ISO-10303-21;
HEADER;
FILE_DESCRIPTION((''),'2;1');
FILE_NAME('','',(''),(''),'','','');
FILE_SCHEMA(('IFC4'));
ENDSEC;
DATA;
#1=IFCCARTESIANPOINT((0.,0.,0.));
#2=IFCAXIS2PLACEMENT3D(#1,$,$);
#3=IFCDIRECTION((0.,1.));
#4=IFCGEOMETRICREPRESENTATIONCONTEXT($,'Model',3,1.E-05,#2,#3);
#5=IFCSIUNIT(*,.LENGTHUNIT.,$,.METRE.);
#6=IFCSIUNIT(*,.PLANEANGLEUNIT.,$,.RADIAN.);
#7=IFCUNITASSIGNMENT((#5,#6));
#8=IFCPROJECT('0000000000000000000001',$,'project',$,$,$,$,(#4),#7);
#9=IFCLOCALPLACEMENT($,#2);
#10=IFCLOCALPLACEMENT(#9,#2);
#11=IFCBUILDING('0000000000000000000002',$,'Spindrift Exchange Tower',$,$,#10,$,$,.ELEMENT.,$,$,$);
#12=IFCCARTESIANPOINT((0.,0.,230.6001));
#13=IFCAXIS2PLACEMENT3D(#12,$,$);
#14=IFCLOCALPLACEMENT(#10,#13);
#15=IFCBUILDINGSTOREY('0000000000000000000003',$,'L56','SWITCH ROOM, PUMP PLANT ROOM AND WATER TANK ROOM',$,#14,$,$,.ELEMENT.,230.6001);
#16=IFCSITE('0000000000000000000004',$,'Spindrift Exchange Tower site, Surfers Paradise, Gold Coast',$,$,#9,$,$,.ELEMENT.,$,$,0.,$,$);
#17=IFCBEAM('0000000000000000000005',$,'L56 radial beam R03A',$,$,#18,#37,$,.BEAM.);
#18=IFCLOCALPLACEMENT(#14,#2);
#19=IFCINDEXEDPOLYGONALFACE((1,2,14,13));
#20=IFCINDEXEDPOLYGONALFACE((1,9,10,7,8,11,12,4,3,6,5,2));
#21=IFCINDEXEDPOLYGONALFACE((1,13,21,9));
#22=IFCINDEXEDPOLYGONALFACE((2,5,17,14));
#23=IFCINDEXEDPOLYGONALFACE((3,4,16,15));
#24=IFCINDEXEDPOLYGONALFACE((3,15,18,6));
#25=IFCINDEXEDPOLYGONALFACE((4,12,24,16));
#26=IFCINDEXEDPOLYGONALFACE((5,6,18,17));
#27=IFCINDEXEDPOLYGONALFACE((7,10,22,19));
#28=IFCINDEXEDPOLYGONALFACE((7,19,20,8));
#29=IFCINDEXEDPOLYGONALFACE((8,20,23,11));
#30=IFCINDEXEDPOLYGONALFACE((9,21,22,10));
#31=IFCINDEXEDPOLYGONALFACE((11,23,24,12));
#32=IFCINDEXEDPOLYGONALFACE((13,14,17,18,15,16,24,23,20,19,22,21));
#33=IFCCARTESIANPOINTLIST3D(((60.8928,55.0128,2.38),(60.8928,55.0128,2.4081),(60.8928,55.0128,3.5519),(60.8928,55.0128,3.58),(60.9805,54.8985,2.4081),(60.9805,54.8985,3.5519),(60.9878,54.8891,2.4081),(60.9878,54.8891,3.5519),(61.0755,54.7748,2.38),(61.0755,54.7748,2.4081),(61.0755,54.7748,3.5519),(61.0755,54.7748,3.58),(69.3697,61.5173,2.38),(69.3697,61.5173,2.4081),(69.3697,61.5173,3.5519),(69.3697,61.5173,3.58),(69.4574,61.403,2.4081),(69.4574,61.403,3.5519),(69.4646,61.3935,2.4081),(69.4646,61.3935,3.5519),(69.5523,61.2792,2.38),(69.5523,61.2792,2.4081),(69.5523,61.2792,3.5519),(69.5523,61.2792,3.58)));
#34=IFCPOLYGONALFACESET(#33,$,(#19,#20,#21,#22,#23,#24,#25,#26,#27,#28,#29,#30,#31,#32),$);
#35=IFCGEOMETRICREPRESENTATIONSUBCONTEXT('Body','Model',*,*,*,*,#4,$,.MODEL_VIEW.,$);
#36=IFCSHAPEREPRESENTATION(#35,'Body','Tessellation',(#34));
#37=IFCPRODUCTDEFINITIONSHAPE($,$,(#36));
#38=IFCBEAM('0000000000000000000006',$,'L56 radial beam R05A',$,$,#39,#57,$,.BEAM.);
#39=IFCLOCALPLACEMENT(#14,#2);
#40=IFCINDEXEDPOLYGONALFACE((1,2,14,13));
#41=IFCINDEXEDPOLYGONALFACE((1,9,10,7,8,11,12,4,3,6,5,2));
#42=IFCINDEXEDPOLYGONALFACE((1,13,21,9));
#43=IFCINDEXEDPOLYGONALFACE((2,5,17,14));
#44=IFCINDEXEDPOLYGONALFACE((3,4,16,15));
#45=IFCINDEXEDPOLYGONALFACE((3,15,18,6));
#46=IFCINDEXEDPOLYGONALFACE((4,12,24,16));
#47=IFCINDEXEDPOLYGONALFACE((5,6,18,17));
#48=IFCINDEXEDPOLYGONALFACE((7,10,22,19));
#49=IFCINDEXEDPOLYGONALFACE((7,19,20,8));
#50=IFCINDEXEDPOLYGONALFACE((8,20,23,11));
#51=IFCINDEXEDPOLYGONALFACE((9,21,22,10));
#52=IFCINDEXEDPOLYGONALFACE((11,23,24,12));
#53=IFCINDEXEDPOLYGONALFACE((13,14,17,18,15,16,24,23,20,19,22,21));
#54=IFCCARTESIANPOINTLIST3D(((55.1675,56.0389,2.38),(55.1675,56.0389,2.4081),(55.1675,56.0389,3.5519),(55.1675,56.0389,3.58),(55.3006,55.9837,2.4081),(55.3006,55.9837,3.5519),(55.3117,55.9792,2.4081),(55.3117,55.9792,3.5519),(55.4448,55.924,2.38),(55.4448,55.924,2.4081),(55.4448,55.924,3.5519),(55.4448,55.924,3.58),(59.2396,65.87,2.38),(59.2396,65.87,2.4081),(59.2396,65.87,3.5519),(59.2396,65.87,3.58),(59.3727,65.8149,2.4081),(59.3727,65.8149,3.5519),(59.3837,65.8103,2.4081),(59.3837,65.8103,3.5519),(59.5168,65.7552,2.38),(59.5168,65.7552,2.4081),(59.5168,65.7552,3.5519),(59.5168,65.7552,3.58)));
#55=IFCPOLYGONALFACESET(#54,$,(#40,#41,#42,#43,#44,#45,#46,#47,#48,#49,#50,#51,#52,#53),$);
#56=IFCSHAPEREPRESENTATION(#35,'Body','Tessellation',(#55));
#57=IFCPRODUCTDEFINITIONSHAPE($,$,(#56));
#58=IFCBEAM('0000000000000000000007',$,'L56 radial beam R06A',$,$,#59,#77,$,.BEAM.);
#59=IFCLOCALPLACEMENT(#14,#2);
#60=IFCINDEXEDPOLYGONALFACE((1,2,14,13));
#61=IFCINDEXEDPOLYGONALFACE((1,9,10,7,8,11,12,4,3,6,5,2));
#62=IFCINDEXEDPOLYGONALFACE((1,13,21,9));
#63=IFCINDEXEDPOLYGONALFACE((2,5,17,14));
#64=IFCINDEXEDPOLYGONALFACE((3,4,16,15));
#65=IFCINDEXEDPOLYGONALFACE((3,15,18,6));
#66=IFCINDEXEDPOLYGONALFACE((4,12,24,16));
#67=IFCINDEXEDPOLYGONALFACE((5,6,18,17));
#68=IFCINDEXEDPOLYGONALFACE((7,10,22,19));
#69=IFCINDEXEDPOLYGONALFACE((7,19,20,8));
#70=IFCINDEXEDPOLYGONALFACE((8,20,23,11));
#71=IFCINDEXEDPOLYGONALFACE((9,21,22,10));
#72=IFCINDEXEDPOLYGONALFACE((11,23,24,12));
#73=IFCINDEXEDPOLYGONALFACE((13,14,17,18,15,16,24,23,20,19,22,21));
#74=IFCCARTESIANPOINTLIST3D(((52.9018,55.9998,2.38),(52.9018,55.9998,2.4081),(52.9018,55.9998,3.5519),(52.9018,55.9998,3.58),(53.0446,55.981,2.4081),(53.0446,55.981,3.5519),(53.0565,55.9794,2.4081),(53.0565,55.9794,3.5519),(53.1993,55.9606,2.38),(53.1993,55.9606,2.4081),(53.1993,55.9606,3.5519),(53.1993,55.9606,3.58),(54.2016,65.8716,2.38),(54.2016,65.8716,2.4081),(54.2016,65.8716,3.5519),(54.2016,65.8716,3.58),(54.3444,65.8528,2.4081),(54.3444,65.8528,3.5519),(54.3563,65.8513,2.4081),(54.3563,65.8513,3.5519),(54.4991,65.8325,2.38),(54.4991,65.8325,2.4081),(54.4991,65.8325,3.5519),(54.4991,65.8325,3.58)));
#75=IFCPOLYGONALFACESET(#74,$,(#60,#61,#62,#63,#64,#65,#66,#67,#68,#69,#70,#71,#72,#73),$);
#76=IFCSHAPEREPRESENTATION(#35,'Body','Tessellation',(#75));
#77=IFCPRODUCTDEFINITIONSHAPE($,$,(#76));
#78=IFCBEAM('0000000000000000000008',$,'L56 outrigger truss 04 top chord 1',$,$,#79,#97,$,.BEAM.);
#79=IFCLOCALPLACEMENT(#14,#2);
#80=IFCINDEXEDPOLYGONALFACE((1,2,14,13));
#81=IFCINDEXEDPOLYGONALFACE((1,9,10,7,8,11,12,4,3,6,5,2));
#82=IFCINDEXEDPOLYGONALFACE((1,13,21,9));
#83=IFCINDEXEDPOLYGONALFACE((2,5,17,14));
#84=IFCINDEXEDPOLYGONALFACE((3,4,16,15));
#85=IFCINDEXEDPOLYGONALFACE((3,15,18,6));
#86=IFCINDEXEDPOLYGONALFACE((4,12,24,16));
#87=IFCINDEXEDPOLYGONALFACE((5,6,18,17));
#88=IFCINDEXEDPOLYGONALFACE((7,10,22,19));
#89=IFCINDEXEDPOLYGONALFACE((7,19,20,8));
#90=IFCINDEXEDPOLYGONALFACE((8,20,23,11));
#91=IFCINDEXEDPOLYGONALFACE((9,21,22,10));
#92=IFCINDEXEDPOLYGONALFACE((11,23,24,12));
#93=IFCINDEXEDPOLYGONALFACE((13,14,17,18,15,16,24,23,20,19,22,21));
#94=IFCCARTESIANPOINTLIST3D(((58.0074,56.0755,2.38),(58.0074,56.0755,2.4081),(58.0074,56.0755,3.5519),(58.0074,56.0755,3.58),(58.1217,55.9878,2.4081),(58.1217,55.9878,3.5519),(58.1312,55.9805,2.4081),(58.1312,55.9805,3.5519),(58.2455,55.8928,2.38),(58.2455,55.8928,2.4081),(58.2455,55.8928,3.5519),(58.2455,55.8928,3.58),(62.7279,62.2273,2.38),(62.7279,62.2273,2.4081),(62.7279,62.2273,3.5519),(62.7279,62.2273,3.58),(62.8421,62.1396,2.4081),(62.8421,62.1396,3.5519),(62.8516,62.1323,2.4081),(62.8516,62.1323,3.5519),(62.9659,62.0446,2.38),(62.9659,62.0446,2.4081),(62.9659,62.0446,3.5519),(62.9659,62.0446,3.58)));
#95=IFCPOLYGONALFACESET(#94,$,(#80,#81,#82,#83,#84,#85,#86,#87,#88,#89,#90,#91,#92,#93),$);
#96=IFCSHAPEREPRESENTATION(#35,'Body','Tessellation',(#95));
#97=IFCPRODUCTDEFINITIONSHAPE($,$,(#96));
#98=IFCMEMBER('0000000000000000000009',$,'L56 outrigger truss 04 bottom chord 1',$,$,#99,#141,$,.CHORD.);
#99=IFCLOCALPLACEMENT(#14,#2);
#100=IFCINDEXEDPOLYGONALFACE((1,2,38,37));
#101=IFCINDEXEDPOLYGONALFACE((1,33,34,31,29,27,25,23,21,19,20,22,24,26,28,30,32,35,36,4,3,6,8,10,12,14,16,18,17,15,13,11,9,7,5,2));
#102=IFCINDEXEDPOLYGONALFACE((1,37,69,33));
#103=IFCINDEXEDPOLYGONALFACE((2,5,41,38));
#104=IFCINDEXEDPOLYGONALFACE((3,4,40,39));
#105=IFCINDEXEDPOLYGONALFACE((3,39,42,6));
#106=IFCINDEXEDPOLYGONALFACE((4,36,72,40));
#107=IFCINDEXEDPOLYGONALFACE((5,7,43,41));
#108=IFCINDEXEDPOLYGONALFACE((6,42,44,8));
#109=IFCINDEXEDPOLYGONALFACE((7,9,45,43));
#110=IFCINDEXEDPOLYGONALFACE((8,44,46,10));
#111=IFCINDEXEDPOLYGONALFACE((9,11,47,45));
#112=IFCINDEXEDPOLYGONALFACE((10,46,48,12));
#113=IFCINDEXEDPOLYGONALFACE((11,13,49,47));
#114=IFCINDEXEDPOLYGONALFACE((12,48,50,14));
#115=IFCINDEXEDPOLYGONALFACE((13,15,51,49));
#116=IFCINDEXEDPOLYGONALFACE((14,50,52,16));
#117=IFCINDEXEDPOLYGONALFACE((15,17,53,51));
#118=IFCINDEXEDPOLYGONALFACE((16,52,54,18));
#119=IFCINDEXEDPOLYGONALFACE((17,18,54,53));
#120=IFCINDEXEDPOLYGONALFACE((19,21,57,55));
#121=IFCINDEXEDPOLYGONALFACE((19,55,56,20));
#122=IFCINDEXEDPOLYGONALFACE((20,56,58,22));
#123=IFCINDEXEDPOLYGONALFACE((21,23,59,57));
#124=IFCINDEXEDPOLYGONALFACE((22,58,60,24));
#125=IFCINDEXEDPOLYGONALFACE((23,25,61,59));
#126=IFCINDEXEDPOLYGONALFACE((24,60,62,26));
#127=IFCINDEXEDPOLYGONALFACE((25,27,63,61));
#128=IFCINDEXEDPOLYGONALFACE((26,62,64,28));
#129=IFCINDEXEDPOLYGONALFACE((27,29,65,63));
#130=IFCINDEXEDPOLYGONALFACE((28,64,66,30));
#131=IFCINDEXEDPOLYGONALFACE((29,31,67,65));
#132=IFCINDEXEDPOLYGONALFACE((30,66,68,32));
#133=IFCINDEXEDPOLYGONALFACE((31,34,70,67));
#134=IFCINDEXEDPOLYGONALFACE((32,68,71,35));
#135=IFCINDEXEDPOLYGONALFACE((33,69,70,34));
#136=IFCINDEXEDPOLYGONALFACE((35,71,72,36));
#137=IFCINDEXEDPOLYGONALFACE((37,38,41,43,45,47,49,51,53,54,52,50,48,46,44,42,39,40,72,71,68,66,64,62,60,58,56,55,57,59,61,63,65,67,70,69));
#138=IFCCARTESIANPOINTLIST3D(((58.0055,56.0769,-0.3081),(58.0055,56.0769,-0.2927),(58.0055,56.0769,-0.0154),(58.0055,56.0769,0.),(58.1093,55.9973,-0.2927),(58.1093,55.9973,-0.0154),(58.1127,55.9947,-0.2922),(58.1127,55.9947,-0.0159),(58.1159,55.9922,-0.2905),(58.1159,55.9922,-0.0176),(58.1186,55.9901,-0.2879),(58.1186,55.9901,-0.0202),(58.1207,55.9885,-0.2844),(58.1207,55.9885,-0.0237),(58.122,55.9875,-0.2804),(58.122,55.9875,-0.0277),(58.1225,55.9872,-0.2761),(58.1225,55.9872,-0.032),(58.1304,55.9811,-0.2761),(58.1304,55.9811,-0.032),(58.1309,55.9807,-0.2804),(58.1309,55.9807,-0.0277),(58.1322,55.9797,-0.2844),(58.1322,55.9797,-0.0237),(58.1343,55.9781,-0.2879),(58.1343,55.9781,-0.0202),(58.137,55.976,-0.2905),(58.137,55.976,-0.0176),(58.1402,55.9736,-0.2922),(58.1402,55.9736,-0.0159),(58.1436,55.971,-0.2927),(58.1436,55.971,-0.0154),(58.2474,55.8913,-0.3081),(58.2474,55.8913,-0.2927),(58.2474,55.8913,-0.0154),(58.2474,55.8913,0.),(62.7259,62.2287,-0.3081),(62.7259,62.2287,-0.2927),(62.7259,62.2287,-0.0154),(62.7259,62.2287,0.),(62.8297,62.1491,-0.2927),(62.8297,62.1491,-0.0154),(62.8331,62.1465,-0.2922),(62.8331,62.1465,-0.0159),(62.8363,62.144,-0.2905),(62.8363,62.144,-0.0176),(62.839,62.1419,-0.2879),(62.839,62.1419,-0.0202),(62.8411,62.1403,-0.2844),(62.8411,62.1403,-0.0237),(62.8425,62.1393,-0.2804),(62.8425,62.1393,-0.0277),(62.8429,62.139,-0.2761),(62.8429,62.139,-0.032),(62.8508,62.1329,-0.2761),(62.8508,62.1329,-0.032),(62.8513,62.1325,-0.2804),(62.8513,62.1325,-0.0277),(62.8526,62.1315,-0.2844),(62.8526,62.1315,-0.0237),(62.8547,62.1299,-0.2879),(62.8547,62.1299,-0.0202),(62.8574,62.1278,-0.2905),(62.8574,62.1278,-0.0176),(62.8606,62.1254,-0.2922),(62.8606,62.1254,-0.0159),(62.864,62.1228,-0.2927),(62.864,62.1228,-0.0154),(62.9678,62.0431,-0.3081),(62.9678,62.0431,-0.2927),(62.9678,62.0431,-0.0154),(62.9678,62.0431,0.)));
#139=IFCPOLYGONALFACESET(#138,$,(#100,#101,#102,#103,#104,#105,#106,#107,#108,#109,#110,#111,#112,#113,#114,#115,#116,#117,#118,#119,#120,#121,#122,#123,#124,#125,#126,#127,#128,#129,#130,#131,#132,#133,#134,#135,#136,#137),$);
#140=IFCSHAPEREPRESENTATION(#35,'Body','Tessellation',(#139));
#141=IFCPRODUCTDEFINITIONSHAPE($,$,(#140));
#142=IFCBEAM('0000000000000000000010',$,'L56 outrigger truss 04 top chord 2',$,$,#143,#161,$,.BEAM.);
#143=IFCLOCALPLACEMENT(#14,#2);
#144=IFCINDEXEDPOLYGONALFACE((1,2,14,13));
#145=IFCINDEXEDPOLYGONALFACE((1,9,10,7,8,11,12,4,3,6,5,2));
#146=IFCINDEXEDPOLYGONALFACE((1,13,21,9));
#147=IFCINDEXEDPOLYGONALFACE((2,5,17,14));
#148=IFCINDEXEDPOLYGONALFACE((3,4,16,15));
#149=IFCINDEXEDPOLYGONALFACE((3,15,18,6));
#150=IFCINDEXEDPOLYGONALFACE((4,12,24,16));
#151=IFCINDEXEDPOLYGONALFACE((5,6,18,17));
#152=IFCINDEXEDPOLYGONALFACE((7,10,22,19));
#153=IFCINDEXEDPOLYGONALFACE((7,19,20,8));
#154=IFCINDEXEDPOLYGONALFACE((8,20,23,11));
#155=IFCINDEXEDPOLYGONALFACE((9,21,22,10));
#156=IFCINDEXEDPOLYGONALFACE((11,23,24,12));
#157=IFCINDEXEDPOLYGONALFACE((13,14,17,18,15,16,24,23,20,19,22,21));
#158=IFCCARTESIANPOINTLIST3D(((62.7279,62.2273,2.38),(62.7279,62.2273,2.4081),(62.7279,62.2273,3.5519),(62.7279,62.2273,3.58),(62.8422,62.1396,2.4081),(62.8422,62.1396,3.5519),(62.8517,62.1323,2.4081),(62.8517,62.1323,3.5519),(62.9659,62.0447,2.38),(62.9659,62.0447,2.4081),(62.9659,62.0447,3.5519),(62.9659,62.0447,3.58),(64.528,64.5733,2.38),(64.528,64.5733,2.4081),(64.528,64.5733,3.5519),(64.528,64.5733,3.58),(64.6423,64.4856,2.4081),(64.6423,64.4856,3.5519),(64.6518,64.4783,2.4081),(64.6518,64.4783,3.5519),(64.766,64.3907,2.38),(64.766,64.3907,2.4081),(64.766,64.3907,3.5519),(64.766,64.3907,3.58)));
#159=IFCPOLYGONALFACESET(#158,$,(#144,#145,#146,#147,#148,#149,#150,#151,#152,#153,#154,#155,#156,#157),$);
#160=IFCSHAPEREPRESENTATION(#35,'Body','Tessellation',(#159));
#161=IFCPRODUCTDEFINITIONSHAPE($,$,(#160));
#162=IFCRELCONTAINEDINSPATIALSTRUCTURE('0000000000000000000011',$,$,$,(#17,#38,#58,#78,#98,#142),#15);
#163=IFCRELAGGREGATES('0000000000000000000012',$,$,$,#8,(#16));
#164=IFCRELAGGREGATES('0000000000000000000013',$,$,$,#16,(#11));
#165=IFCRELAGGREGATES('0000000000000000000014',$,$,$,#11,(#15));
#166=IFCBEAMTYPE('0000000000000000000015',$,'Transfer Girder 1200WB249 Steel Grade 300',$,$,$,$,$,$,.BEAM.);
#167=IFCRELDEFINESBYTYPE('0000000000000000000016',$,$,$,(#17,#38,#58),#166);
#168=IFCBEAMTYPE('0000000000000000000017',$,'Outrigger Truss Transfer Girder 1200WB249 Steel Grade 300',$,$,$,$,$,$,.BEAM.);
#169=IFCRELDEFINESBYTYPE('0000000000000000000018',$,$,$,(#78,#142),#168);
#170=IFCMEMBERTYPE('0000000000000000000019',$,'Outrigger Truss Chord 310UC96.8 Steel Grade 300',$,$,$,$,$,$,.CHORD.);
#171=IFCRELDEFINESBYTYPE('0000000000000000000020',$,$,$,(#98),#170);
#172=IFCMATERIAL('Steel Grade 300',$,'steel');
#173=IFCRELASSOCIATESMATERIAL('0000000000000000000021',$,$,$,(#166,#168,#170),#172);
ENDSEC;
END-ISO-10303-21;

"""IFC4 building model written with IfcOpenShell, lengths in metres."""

from ifc_helpers import new_model, si_unit, direction, frame, origin, origin_2d, place, context, subcontext, project, spatial, i_section, extrude, source, transform, mapped, material, material_profile, profile_set, type_object, element, save


model = new_model("IFC4")

# Units and contexts
model_context = context("Model", 3, precision=1e-05, world=origin(), true_north=direction((0.0, 1.0)))
body_context = subcontext(model_context, "Body", "Model", "MODEL_VIEW")
ifc_project = project(units=[si_unit("LENGTHUNIT", "METRE"), si_unit("PLANEANGLEUNIT", "RADIAN")], contexts=[model_context])

# Site, building, storey
site_placement = place(None, origin())
site = spatial("IfcSite", under=ifc_project, at=site_placement, Name="Spindrift Exchange Tower site, Surfers Paradise, Gold Coast", CompositionType="ELEMENT", RefElevation=0.0)
building_placement = place(site_placement, origin())
building = spatial("IfcBuilding", under=site, at=building_placement, Name="Spindrift Exchange Tower", CompositionType="ELEMENT")
storey_placement = place(building_placement, frame((0.0, 0.0, 230.6001)))
storey = spatial("IfcBuildingStorey", under=building, at=storey_placement, Name="L56", Description="SWITCH ROOM, PUMP PLANT ROOM AND WATER TANK ROOM", CompositionType="ELEMENT", Elevation=230.6001)

# Beams
ifc_material_1 = material(Name="Steel Grade 300", Category="steel")
ifc_material_profile_1 = material_profile(ifc_material_1, i_section(OverallWidth=0.3, OverallDepth=1.2, WebThickness=0.012, FlangeThickness=0.0281, at=origin_2d()), Name="1200WB249")
ifc_profile_set_1 = profile_set([ifc_material_profile_1], Name="Steel Grade 300")
beam_type_1 = type_object("IfcBeamType", Name="Transfer Girder 1200WB249 Steel Grade 300", PredefinedType="BEAM", material=ifc_profile_set_1)
shared_shape_1 = source(origin(), body_context, "Body", "SweptSolid", [
    extrude(i_section(OverallWidth=0.3, OverallDepth=1.2, WebThickness=0.012, FlangeThickness=0.0281, at=origin_2d()), origin(), (0.0, 0.0, 1.0), 10.6848),
])
beam_1_placement = place(storey_placement, frame((60.9841, 54.8938, 2.98), z_axis=(0.793357, 0.608756, 0.0), x_axis=(-0.608756, 0.793357, 0.0)))
element("IfcBeam", 1, at=beam_1_placement, inside=storey, type_object=beam_type_1, Name="L56 radial beam R03A", PredefinedType="BEAM", context=body_context, shape_type="MappedRepresentation", body=[
    mapped(shared_shape_1, transform((0.0, 0.0, 0.0), scale=1.0)),
])
shared_shape_2 = source(origin(), body_context, "Body", "SweptSolid", [
    extrude(i_section(OverallWidth=0.3, OverallDepth=1.2, WebThickness=0.012, FlangeThickness=0.0281, at=origin_2d()), origin(), (0.0, 0.0, 1.0), 10.6411),
])
beam_2_placement = place(storey_placement, frame((55.3062, 55.9814, 2.98), z_axis=(0.382673, 0.923884, 0.0), x_axis=(-0.923884, 0.382673, 0.0)))
element("IfcBeam", 2, at=beam_2_placement, inside=storey, type_object=beam_type_1, Name="L56 radial beam R05A", PredefinedType="BEAM", context=body_context, shape_type="MappedRepresentation", body=[
    mapped(shared_shape_2, transform((0.0, 0.0, 0.0), scale=1.0)),
])
shared_shape_3 = source(origin(), body_context, "Body", "SweptSolid", [
    extrude(i_section(OverallWidth=0.3, OverallDepth=1.2, WebThickness=0.012, FlangeThickness=0.0281, at=origin_2d()), origin(), (0.0, 0.0, 1.0), 9.957),
])
beam_3_placement = place(storey_placement, frame((53.0505, 55.9802, 2.98), z_axis=(0.130541, 0.991443, 0.0), x_axis=(-0.991443, 0.130541, 0.0)))
element("IfcBeam", 3, at=beam_3_placement, inside=storey, type_object=beam_type_1, Name="L56 radial beam R06A", PredefinedType="BEAM", context=body_context, shape_type="MappedRepresentation", body=[
    mapped(shared_shape_3, transform((0.0, 0.0, 0.0), scale=1.0)),
])
ifc_material_profile_2 = material_profile(ifc_material_1, i_section(OverallWidth=0.3, OverallDepth=1.2, WebThickness=0.012, FlangeThickness=0.0281, at=origin_2d()), Name="1200WB249")
ifc_profile_set_2 = profile_set([ifc_material_profile_2], Name="Steel Grade 300")
beam_type_2 = type_object("IfcBeamType", Name="Outrigger Truss Transfer Girder 1200WB249 Steel Grade 300", PredefinedType="BEAM", material=ifc_profile_set_2)
shared_shape_4 = source(origin(), body_context, "Body", "SweptSolid", [
    extrude(i_section(OverallWidth=0.3, OverallDepth=1.2, WebThickness=0.012, FlangeThickness=0.0281, at=origin_2d()), origin(), (0.0, 0.0, 1.0), 7.7542),
])
beam_4_placement = place(storey_placement, frame((58.1265, 55.9841, 2.98), z_axis=(0.608759, 0.793355, 0.0), x_axis=(-0.793355, 0.608759, 0.0)))
element("IfcBeam", 4, at=beam_4_placement, inside=storey, type_object=beam_type_2, Name="L56 outrigger truss 04 top chord 1", PredefinedType="BEAM", context=body_context, shape_type="MappedRepresentation", body=[
    mapped(shared_shape_4, transform((0.0, 0.0, 0.0), scale=1.0)),
])

# Member
ifc_material_profile_3 = material_profile(ifc_material_1, i_section(OverallWidth=0.3049, OverallDepth=0.3081, WebThickness=0.01, FlangeThickness=0.0154, FilletRadius=0.0166, at=origin_2d()), Name="310UC96.8")
ifc_profile_set_3 = profile_set([ifc_material_profile_3], Name="Steel Grade 300")
member_type = type_object("IfcMemberType", Name="Outrigger Truss Chord 310UC96.8 Steel Grade 300", PredefinedType="CHORD", material=ifc_profile_set_3)
shared_shape_5 = source(origin(), body_context, "Body", "SweptSolid", [
    extrude(i_section(OverallWidth=0.3049, OverallDepth=0.3081, WebThickness=0.01, FlangeThickness=0.0154, FilletRadius=0.0166, at=origin_2d()), origin(), (0.0, 0.0, 1.0), 7.7542),
])
member_1_placement = place(storey_placement, frame((58.1265, 55.9841, -0.1541), z_axis=(0.608759, 0.793355, 0.0), x_axis=(-0.793355, 0.608759, 0.0)))
element("IfcMember", 5, at=member_1_placement, inside=storey, type_object=member_type, Name="L56 outrigger truss 04 bottom chord 1", PredefinedType="CHORD", context=body_context, shape_type="MappedRepresentation", body=[
    mapped(shared_shape_5, transform((0.0, 0.0, 0.0), scale=1.0)),
])

# Beam
shared_shape_6 = source(origin(), body_context, "Body", "SweptSolid", [
    extrude(i_section(OverallWidth=0.3, OverallDepth=1.2, WebThickness=0.012, FlangeThickness=0.0281, at=origin_2d()), origin(), (0.0, 0.0, 1.0), 2.957),
])
beam_5_placement = place(storey_placement, frame((62.8469, 62.136, 2.98), z_axis=(0.608749, 0.793363, 0.0), x_axis=(-0.793363, 0.608749, 0.0)))
element("IfcBeam", 6, at=beam_5_placement, inside=storey, type_object=beam_type_2, Name="L56 outrigger truss 04 top chord 2", PredefinedType="BEAM", context=body_context, shape_type="MappedRepresentation", body=[
    mapped(shared_shape_6, transform((0.0, 0.0, 0.0), scale=1.0)),
])

save(model, "model.ifc")
